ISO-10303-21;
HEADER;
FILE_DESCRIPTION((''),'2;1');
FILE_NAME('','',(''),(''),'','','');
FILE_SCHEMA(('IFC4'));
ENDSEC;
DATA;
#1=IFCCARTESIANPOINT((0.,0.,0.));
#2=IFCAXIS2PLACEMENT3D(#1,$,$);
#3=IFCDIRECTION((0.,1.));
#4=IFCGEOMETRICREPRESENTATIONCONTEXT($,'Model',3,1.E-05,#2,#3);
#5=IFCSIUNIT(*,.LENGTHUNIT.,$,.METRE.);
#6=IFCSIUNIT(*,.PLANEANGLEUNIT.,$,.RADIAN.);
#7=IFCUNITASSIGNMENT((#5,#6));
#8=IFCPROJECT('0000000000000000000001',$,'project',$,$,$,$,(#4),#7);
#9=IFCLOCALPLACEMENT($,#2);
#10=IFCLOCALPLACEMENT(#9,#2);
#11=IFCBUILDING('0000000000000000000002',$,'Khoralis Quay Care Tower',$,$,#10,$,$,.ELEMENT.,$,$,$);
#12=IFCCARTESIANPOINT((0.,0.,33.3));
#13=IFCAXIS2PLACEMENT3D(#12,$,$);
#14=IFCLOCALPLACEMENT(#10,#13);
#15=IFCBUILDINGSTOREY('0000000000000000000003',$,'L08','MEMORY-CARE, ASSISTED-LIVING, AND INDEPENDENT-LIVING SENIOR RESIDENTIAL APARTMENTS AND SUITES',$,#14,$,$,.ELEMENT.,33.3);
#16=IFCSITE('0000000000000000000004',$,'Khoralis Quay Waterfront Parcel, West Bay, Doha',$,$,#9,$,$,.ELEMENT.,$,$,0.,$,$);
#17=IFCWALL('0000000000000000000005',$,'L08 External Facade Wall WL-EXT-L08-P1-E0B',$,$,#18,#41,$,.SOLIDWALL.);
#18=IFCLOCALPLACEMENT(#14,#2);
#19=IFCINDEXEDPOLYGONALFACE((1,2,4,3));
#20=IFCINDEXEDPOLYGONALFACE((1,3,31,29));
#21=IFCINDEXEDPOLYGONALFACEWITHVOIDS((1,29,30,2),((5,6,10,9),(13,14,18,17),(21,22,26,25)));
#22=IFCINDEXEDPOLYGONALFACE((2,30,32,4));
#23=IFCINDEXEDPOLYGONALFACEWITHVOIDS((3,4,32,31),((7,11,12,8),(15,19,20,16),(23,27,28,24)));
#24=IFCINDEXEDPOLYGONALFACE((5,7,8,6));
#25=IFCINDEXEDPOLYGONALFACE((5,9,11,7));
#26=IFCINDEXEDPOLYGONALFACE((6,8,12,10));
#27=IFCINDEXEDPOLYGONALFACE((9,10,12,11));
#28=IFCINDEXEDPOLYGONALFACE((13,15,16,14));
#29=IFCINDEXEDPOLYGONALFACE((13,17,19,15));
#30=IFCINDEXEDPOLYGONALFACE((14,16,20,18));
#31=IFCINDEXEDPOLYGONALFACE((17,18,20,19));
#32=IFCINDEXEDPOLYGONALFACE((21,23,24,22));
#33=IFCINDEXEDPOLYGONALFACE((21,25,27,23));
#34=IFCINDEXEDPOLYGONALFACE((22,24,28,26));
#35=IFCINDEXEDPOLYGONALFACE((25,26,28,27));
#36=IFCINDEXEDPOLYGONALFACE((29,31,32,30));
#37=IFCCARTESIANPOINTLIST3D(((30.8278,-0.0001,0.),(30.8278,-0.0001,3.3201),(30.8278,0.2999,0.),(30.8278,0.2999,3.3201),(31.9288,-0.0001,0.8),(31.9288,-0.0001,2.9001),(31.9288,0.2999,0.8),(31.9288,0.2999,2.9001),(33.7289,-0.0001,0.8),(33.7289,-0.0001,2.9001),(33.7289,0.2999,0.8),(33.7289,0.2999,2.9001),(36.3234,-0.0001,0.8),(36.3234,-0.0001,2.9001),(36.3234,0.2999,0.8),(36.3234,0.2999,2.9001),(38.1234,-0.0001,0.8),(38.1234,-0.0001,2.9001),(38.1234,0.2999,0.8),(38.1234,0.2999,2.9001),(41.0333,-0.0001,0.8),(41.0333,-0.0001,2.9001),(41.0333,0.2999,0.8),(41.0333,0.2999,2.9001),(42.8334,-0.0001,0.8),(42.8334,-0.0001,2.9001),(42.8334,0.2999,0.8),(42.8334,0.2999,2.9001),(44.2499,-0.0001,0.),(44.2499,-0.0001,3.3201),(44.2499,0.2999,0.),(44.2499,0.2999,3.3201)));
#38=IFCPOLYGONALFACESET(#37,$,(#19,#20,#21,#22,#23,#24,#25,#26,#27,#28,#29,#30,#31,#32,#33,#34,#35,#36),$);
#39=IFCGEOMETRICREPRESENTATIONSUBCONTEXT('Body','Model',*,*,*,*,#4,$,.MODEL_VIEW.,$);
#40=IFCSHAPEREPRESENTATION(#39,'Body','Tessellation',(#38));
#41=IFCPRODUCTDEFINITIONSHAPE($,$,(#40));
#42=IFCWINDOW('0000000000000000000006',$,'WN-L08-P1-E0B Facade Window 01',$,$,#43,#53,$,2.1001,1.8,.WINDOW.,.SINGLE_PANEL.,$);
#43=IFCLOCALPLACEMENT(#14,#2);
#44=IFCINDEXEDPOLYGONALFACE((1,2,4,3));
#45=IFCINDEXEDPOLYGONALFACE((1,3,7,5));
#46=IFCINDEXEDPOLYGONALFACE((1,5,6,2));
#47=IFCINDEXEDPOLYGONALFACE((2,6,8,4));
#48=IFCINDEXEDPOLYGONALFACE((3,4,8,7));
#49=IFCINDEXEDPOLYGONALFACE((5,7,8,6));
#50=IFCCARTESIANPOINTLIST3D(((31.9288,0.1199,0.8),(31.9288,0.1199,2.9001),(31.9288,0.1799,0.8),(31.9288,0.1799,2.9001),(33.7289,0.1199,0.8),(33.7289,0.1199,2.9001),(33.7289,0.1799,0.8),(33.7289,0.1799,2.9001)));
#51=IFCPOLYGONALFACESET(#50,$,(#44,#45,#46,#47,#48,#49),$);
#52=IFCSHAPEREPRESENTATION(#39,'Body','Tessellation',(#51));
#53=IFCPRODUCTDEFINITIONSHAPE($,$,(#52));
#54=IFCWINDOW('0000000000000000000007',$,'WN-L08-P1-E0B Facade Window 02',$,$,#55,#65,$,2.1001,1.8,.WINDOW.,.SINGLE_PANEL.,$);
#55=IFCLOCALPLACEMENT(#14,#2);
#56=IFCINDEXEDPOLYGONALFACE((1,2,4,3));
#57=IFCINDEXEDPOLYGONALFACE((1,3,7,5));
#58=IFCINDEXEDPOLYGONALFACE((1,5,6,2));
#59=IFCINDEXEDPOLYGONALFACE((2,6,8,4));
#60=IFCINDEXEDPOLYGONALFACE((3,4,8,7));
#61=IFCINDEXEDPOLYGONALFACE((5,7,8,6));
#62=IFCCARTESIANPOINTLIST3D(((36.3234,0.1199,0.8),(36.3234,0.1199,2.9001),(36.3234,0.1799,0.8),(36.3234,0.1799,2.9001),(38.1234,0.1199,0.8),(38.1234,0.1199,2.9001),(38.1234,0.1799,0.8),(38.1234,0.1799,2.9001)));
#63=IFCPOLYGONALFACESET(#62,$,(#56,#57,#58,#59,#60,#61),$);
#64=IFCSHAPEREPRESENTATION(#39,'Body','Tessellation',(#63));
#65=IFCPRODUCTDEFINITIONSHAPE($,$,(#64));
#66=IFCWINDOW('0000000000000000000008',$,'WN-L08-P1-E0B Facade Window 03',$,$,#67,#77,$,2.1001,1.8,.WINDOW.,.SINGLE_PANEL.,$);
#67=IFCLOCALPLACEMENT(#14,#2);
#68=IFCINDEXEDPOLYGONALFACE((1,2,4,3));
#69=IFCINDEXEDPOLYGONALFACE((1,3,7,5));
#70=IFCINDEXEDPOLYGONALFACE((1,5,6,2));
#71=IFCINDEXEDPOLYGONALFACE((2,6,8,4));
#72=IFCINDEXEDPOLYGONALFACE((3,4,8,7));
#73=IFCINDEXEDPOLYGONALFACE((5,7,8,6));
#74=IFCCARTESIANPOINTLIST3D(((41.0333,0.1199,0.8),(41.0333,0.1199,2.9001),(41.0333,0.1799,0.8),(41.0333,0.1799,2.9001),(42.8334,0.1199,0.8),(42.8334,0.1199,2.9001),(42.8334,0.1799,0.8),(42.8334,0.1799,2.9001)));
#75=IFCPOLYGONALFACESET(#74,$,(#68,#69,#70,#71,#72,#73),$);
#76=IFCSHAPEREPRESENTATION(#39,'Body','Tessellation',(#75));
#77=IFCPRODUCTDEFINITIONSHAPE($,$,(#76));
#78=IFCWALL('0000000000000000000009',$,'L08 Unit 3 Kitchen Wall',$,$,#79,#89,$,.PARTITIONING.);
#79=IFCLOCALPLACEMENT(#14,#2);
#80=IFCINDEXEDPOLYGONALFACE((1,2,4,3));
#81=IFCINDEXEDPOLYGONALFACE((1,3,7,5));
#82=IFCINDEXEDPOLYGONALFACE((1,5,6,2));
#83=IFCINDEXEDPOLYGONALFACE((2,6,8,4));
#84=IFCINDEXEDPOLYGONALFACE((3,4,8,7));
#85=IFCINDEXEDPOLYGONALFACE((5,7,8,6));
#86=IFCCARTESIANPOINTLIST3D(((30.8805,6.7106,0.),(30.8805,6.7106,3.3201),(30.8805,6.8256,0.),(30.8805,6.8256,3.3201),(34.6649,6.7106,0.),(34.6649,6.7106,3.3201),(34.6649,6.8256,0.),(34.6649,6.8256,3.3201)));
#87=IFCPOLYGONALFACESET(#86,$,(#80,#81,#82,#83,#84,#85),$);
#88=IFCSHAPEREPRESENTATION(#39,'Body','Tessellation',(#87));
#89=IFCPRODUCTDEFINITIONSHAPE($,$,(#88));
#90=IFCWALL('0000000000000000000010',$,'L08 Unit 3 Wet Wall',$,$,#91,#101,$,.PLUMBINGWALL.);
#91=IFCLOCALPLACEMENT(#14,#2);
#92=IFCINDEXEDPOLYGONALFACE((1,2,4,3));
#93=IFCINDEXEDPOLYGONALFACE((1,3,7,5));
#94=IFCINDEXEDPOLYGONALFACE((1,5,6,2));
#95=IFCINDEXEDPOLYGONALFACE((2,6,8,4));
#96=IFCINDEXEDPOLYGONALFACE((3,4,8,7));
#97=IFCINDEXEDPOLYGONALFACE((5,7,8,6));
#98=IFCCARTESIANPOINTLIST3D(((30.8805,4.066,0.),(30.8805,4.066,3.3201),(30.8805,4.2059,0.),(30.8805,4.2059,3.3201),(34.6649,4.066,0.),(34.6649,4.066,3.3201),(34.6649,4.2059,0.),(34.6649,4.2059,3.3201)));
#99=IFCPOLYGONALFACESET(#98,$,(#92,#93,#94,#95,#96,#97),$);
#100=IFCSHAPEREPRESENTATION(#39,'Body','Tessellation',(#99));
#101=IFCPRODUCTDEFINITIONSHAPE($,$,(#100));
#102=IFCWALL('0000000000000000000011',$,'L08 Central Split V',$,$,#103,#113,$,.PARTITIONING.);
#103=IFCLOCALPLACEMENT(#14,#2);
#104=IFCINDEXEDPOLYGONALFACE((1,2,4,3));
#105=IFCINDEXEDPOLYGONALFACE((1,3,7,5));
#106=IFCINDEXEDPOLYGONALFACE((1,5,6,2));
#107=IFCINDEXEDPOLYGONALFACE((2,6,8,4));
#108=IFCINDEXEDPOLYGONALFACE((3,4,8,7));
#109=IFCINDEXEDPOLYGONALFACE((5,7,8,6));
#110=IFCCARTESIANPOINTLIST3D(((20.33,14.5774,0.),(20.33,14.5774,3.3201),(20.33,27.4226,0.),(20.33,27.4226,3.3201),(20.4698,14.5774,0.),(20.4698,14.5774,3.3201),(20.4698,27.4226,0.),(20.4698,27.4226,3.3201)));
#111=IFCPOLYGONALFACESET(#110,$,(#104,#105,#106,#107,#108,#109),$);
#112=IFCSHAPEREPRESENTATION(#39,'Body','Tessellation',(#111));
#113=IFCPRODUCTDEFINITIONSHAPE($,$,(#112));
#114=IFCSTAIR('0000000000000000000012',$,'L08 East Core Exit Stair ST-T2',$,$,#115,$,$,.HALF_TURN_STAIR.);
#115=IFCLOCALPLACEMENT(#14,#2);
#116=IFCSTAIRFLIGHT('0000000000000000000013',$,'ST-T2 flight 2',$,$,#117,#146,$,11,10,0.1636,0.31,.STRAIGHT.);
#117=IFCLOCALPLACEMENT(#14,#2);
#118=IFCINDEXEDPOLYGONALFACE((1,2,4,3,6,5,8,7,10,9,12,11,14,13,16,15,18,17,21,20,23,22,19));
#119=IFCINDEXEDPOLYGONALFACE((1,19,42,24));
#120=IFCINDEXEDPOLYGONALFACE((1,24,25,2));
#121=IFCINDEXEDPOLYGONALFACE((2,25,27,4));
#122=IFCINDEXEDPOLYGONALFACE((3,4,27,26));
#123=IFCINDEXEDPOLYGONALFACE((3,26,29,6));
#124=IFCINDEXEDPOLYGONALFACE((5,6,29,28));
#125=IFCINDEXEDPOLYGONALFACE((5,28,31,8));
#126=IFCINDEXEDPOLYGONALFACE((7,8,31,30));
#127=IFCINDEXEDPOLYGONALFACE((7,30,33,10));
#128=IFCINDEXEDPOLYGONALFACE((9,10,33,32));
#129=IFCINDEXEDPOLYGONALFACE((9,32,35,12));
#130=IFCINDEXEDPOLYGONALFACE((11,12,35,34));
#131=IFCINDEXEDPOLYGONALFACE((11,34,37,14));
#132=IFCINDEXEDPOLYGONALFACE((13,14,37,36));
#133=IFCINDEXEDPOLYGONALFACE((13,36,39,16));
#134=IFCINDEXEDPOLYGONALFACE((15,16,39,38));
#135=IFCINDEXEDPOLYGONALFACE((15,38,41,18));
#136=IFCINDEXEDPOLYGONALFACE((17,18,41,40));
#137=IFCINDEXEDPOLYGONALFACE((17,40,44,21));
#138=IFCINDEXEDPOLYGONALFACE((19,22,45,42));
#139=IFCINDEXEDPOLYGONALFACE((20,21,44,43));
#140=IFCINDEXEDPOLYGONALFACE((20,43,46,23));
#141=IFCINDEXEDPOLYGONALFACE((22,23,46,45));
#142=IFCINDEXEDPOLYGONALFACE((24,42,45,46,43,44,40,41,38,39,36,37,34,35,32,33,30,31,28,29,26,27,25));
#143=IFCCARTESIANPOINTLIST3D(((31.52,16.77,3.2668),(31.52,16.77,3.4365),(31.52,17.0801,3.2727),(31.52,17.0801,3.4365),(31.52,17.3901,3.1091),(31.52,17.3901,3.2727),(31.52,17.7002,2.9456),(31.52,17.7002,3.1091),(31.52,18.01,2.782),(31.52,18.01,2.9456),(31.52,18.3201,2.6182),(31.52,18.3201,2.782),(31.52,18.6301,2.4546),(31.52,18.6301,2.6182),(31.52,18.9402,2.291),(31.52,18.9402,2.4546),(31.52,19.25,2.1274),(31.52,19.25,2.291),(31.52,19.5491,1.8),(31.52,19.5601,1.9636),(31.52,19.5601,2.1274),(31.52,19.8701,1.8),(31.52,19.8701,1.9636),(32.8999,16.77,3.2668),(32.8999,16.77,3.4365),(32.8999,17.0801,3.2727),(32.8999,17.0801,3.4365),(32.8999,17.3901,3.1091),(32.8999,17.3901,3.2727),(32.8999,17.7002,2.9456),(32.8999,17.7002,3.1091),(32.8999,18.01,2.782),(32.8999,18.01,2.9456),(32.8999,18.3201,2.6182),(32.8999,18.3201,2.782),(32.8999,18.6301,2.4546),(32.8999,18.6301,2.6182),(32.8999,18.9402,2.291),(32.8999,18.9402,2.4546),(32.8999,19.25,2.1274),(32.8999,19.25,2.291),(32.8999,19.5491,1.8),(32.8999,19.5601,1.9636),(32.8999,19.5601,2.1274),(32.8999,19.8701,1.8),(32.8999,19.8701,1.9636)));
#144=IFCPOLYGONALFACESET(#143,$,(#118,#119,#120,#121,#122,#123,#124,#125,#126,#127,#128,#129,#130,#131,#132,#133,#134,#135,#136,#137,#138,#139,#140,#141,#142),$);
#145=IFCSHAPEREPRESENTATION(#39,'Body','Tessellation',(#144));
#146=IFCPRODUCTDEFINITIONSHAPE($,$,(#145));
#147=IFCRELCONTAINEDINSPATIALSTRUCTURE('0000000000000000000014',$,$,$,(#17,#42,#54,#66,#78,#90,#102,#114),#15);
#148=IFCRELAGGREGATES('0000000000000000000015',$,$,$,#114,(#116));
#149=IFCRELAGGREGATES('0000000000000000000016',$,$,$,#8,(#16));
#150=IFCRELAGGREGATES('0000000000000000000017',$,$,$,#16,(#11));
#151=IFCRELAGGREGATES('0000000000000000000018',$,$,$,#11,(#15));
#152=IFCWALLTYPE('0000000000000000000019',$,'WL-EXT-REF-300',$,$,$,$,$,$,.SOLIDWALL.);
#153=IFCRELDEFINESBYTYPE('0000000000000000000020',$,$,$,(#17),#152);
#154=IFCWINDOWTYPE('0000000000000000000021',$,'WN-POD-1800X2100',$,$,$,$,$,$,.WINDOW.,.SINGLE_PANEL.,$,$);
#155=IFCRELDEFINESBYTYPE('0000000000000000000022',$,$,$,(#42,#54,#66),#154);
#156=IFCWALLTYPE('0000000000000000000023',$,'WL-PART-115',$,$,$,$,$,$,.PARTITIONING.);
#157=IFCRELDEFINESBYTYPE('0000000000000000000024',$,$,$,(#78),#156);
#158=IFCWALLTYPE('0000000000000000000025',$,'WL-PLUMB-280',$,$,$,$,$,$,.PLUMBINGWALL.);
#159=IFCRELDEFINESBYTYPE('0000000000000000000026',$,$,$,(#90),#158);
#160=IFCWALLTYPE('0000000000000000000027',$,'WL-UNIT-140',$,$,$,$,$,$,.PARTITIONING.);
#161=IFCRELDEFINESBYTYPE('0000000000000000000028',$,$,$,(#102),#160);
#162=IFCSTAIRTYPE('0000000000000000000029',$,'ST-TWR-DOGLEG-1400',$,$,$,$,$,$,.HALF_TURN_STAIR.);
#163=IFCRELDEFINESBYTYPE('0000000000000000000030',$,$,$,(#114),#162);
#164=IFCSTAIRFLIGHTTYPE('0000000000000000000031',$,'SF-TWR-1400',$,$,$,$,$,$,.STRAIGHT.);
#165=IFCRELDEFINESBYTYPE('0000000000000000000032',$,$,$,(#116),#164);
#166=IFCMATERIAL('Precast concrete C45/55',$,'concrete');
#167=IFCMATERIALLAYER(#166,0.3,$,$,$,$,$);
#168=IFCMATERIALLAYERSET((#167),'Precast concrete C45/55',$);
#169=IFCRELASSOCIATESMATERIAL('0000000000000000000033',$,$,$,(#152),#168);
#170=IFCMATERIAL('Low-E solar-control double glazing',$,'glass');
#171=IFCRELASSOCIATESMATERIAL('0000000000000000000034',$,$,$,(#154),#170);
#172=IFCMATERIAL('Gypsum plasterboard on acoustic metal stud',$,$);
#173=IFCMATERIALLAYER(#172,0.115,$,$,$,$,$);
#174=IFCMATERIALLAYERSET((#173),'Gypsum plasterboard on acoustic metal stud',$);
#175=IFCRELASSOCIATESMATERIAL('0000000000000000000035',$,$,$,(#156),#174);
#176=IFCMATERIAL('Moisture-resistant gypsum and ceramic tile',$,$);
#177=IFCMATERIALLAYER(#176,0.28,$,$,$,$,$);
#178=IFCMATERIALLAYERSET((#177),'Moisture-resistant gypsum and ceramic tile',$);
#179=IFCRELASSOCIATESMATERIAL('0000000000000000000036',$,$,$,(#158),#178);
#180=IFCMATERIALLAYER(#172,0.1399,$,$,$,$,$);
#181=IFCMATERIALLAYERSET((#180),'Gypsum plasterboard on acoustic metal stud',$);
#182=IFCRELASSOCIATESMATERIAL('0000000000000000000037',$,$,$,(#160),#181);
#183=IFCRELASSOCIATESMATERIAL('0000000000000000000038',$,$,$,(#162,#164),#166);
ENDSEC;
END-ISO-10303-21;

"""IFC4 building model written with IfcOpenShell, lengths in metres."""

from ifc_helpers import new_model, si_unit, direction, frame, frame_2d, origin, place, context, subcontext, project, spatial, polyline, rectangle, outline, extrude, source, transform, mapped, material, layer, layer_set, type_object, element, fill, aggregate, save


model = new_model("IFC4")

# Units and contexts
model_context = context("Model", 3, precision=1e-05, world=origin(), true_north=direction((0.0, 1.0)))
body_context = subcontext(model_context, "Body", "Model", "MODEL_VIEW")
ifc_project = project(units=[si_unit("LENGTHUNIT", "METRE"), si_unit("PLANEANGLEUNIT", "RADIAN")], contexts=[model_context])

# Site, building, storey
site_placement = place(None, origin())
site = spatial("IfcSite", under=ifc_project, at=site_placement, Name="Khoralis Quay Waterfront Parcel, West Bay, Doha", CompositionType="ELEMENT", RefElevation=0.0)
building_placement = place(site_placement, origin())
building = spatial("IfcBuilding", under=site, at=building_placement, Name="Khoralis Quay Care Tower", CompositionType="ELEMENT")
storey_placement = place(building_placement, frame((0.0, 0.0, 33.3)))
storey = spatial("IfcBuildingStorey", under=building, at=storey_placement, Name="L08", Description="MEMORY-CARE, ASSISTED-LIVING, AND INDEPENDENT-LIVING SENIOR RESIDENTIAL APARTMENTS AND SUITES", CompositionType="ELEMENT", Elevation=33.3)

# Shared definitions
ifc_material_1 = material(Name="Low-E solar-control double glazing", Category="glass")

# Shared definitions
ifc_material_2 = material(Name="Gypsum plasterboard on acoustic metal stud")

# Wall, openings, windows
ifc_material_3 = material(Name="Precast concrete C45/55", Category="concrete")
ifc_layer_1 = layer(ifc_material_3, 0.3)
ifc_layer_set_1 = layer_set([ifc_layer_1], Name="Precast concrete C45/55")
wall_type_1 = type_object("IfcWallType", Name="WL-EXT-REF-300", PredefinedType="SOLIDWALL", material=ifc_layer_set_1)
wall_1_placement = place(storey_placement, frame((30.8279, 0.1499, 0.0), z_axis=(0.0, 0.0, 1.0), x_axis=(1.0, 0.0, 0.0)))
wall_1 = element("IfcWall", 1, at=wall_1_placement, inside=storey, type_object=wall_type_1, Name="L08 External Facade Wall WL-EXT-L08-P1-E0B", PredefinedType="SOLIDWALL", context=body_context, shape_type="SweptSolid", body=[
    extrude(rectangle(XDim=13.4221, YDim=0.3, at=frame_2d((6.7109, 0.0))), origin(), (0.0, 0.0, 1.0), 3.3201),
])
opening_1_placement = place(wall_1_placement, frame((1.1011, 0.0, 0.8)))
opening_1 = element("IfcOpeningElement", 2, at=opening_1_placement, cuts=wall_1, PredefinedType="OPENING", context=body_context, shape_type="SweptSolid", body=[
    extrude(rectangle(XDim=1.8, YDim=2.1001, at=frame_2d((0.8999, 1.05))), frame((0.0, 0.1602, 0.0), z_axis=(0.0, -1.0, 0.0), x_axis=(1.0, 0.0, 0.0)), (0.0, 0.0, 1.0), 0.3201),
])
opening_2_placement = place(wall_1_placement, frame((5.4956, 0.0, 0.8)))
opening_2 = element("IfcOpeningElement", 3, at=opening_2_placement, cuts=wall_1, PredefinedType="OPENING", context=body_context, shape_type="SweptSolid", body=[
    extrude(rectangle(XDim=1.8, YDim=2.1001, at=frame_2d((0.8999, 1.05))), frame((0.0, 0.1602, 0.0), z_axis=(0.0, -1.0, 0.0), x_axis=(1.0, 0.0, 0.0)), (0.0, 0.0, 1.0), 0.3201),
])
opening_3_placement = place(wall_1_placement, frame((10.2056, 0.0, 0.8)))
opening_3 = element("IfcOpeningElement", 4, at=opening_3_placement, cuts=wall_1, PredefinedType="OPENING", context=body_context, shape_type="SweptSolid", body=[
    extrude(rectangle(XDim=1.8, YDim=2.1001, at=frame_2d((0.8999, 1.05))), frame((0.0, 0.1602, 0.0), z_axis=(0.0, -1.0, 0.0), x_axis=(1.0, 0.0, 0.0)), (0.0, 0.0, 1.0), 0.3201),
])
window_type = type_object("IfcWindowType", Name="WN-POD-1800X2100", PartitioningType="SINGLE_PANEL", PredefinedType="WINDOW", material=ifc_material_1)
shared_shape_1 = source(origin(), body_context, "Body", "SweptSolid", [
    extrude(rectangle(XDim=1.8, YDim=2.1001, at=frame_2d((0.8999, 1.05))), frame((0.0, 0.03, 0.0), z_axis=(0.0, -1.0, 0.0), x_axis=(1.0, 0.0, 0.0)), (0.0, 0.0, 1.0), 0.0601),
])
window_1_placement = place(opening_1_placement, origin())
window_1 = element("IfcWindow", 5, at=window_1_placement, inside=storey, type_object=window_type, Name="WN-L08-P1-E0B Facade Window 01", OverallHeight=2.1001, OverallWidth=1.8, PartitioningType="SINGLE_PANEL", PredefinedType="WINDOW", context=body_context, shape_type="MappedRepresentation", body=[
    mapped(shared_shape_1, transform((0.0, 0.0, 0.0), scale=1.0)),
])
fill(opening_1, window_1)
window_2_placement = place(opening_2_placement, origin())
window_2 = element("IfcWindow", 6, at=window_2_placement, inside=storey, type_object=window_type, Name="WN-L08-P1-E0B Facade Window 02", OverallHeight=2.1001, OverallWidth=1.8, PartitioningType="SINGLE_PANEL", PredefinedType="WINDOW", context=body_context, shape_type="MappedRepresentation", body=[
    mapped(shared_shape_1, transform((0.0, 0.0, 0.0), scale=1.0)),
])
fill(opening_2, window_2)
window_3_placement = place(opening_3_placement, origin())
window_3 = element("IfcWindow", 7, at=window_3_placement, inside=storey, type_object=window_type, Name="WN-L08-P1-E0B Facade Window 03", OverallHeight=2.1001, OverallWidth=1.8, PartitioningType="SINGLE_PANEL", PredefinedType="WINDOW", context=body_context, shape_type="MappedRepresentation", body=[
    mapped(shared_shape_1, transform((0.0, 0.0, 0.0), scale=1.0)),
])
fill(opening_3, window_3)

# Walls
ifc_layer_2 = layer(ifc_material_2, 0.115)
ifc_layer_set_2 = layer_set([ifc_layer_2], Name="Gypsum plasterboard on acoustic metal stud")
wall_type_2 = type_object("IfcWallType", Name="WL-PART-115", PredefinedType="PARTITIONING", material=ifc_layer_set_2)
wall_2_placement = place(storey_placement, frame((30.8806, 6.7681, 0.0), z_axis=(0.0, 0.0, 1.0), x_axis=(1.0, 0.0, 0.0)))
element("IfcWall", 8, at=wall_2_placement, inside=storey, type_object=wall_type_2, Name="L08 Unit 3 Kitchen Wall", PredefinedType="PARTITIONING", context=body_context, shape_type="SweptSolid", body=[
    extrude(rectangle(XDim=3.7844, YDim=0.115, at=frame_2d((1.8921, 0.0))), origin(), (0.0, 0.0, 1.0), 3.3201),
])
ifc_material_4 = material(Name="Moisture-resistant gypsum and ceramic tile")
ifc_layer_3 = layer(ifc_material_4, 0.28)
ifc_layer_set_3 = layer_set([ifc_layer_3], Name="Moisture-resistant gypsum and ceramic tile")
wall_type_3 = type_object("IfcWallType", Name="WL-PLUMB-280", PredefinedType="PLUMBINGWALL", material=ifc_layer_set_3)
wall_3_placement = place(storey_placement, frame((30.8806, 4.136, 0.0), z_axis=(0.0, 0.0, 1.0), x_axis=(1.0, 0.0, 0.0)))
element("IfcWall", 9, at=wall_3_placement, inside=storey, type_object=wall_type_3, Name="L08 Unit 3 Wet Wall", PredefinedType="PLUMBINGWALL", context=body_context, shape_type="SweptSolid", body=[
    extrude(rectangle(XDim=3.7844, YDim=0.1399, at=frame_2d((1.8921, 0.0))), origin(), (0.0, 0.0, 1.0), 3.3201),
])
ifc_layer_4 = layer(ifc_material_2, 0.1399)
ifc_layer_set_4 = layer_set([ifc_layer_4], Name="Gypsum plasterboard on acoustic metal stud")
wall_type_4 = type_object("IfcWallType", Name="WL-UNIT-140", PredefinedType="PARTITIONING", material=ifc_layer_set_4)
wall_4_placement = place(storey_placement, frame((20.3999, 14.5774, 0.0), z_axis=(0.0, 0.0, 1.0), x_axis=(0.0, 1.0, 0.0)))
element("IfcWall", 10, at=wall_4_placement, inside=storey, type_object=wall_type_4, Name="L08 Central Split V", PredefinedType="PARTITIONING", context=body_context, shape_type="SweptSolid", body=[
    extrude(rectangle(XDim=12.8452, YDim=0.1399, at=frame_2d((6.4226, 0.0))), origin(), (0.0, 0.0, 1.0), 3.3201),
])

# Stair, stair flight
stair_type = type_object("IfcStairType", Name="ST-TWR-DOGLEG-1400", PredefinedType="HALF_TURN_STAIR", material=ifc_material_3)
stair_placement = place(storey_placement, origin())
stair = element("IfcStair", 11, at=stair_placement, inside=storey, type_object=stair_type, Name="L08 East Core Exit Stair ST-T2", PredefinedType="HALF_TURN_STAIR")
stair_flight_type = type_object("IfcStairFlightType", Name="SF-TWR-1400", PredefinedType="STRAIGHT", material=ifc_material_3)
shared_shape_2 = source(origin(), body_context, "Body", "SweptSolid", [
    extrude(outline(polyline([(0.0, 0.0), (0.0, 0.1636), (0.3101, 0.1636), (0.3101, 0.3274), (0.6201, 0.3274), (0.6201, 0.491), (0.9299, 0.491), (0.9299, 0.6545), (1.24, 0.6545), (1.24, 0.8181), (1.55, 0.8181), (1.55, 0.9819), (1.8601, 0.9819), (1.8601, 1.1455), (2.1699, 1.1455), (2.1699, 1.3091), (2.48, 1.3091), (2.48, 1.4727), (2.79, 1.4727), (2.79, 1.6365), (3.1001, 1.6365), (3.1001, 1.8), (3.1001, 1.4668), (0.321, 0.0), (0.0, 0.0)])), frame((0.0, 0.6899, 0.0), z_axis=(0.0, -1.0, 0.0), x_axis=(1.0, 0.0, 0.0)), (0.0, 0.0, 1.0), 1.3799),
])
stair_flight_placement = place(storey_placement, frame((32.21, 19.8701, 1.8), z_axis=(0.0, 0.0, 1.0), x_axis=(0.0, -1.0, 0.0)))
stair_flight = element("IfcStairFlight", 12, at=stair_flight_placement, type_object=stair_flight_type, Name="ST-T2 flight 2", NumberOfRisers=11, NumberOfTreads=10, PredefinedType="STRAIGHT", RiserHeight=0.1636, TreadLength=0.31, context=body_context, shape_type="MappedRepresentation", body=[
    mapped(shared_shape_2, transform((0.0, 0.0, 0.0), scale=1.0)),
])
aggregate(stair, [stair_flight])

save(model, "model.ifc")
